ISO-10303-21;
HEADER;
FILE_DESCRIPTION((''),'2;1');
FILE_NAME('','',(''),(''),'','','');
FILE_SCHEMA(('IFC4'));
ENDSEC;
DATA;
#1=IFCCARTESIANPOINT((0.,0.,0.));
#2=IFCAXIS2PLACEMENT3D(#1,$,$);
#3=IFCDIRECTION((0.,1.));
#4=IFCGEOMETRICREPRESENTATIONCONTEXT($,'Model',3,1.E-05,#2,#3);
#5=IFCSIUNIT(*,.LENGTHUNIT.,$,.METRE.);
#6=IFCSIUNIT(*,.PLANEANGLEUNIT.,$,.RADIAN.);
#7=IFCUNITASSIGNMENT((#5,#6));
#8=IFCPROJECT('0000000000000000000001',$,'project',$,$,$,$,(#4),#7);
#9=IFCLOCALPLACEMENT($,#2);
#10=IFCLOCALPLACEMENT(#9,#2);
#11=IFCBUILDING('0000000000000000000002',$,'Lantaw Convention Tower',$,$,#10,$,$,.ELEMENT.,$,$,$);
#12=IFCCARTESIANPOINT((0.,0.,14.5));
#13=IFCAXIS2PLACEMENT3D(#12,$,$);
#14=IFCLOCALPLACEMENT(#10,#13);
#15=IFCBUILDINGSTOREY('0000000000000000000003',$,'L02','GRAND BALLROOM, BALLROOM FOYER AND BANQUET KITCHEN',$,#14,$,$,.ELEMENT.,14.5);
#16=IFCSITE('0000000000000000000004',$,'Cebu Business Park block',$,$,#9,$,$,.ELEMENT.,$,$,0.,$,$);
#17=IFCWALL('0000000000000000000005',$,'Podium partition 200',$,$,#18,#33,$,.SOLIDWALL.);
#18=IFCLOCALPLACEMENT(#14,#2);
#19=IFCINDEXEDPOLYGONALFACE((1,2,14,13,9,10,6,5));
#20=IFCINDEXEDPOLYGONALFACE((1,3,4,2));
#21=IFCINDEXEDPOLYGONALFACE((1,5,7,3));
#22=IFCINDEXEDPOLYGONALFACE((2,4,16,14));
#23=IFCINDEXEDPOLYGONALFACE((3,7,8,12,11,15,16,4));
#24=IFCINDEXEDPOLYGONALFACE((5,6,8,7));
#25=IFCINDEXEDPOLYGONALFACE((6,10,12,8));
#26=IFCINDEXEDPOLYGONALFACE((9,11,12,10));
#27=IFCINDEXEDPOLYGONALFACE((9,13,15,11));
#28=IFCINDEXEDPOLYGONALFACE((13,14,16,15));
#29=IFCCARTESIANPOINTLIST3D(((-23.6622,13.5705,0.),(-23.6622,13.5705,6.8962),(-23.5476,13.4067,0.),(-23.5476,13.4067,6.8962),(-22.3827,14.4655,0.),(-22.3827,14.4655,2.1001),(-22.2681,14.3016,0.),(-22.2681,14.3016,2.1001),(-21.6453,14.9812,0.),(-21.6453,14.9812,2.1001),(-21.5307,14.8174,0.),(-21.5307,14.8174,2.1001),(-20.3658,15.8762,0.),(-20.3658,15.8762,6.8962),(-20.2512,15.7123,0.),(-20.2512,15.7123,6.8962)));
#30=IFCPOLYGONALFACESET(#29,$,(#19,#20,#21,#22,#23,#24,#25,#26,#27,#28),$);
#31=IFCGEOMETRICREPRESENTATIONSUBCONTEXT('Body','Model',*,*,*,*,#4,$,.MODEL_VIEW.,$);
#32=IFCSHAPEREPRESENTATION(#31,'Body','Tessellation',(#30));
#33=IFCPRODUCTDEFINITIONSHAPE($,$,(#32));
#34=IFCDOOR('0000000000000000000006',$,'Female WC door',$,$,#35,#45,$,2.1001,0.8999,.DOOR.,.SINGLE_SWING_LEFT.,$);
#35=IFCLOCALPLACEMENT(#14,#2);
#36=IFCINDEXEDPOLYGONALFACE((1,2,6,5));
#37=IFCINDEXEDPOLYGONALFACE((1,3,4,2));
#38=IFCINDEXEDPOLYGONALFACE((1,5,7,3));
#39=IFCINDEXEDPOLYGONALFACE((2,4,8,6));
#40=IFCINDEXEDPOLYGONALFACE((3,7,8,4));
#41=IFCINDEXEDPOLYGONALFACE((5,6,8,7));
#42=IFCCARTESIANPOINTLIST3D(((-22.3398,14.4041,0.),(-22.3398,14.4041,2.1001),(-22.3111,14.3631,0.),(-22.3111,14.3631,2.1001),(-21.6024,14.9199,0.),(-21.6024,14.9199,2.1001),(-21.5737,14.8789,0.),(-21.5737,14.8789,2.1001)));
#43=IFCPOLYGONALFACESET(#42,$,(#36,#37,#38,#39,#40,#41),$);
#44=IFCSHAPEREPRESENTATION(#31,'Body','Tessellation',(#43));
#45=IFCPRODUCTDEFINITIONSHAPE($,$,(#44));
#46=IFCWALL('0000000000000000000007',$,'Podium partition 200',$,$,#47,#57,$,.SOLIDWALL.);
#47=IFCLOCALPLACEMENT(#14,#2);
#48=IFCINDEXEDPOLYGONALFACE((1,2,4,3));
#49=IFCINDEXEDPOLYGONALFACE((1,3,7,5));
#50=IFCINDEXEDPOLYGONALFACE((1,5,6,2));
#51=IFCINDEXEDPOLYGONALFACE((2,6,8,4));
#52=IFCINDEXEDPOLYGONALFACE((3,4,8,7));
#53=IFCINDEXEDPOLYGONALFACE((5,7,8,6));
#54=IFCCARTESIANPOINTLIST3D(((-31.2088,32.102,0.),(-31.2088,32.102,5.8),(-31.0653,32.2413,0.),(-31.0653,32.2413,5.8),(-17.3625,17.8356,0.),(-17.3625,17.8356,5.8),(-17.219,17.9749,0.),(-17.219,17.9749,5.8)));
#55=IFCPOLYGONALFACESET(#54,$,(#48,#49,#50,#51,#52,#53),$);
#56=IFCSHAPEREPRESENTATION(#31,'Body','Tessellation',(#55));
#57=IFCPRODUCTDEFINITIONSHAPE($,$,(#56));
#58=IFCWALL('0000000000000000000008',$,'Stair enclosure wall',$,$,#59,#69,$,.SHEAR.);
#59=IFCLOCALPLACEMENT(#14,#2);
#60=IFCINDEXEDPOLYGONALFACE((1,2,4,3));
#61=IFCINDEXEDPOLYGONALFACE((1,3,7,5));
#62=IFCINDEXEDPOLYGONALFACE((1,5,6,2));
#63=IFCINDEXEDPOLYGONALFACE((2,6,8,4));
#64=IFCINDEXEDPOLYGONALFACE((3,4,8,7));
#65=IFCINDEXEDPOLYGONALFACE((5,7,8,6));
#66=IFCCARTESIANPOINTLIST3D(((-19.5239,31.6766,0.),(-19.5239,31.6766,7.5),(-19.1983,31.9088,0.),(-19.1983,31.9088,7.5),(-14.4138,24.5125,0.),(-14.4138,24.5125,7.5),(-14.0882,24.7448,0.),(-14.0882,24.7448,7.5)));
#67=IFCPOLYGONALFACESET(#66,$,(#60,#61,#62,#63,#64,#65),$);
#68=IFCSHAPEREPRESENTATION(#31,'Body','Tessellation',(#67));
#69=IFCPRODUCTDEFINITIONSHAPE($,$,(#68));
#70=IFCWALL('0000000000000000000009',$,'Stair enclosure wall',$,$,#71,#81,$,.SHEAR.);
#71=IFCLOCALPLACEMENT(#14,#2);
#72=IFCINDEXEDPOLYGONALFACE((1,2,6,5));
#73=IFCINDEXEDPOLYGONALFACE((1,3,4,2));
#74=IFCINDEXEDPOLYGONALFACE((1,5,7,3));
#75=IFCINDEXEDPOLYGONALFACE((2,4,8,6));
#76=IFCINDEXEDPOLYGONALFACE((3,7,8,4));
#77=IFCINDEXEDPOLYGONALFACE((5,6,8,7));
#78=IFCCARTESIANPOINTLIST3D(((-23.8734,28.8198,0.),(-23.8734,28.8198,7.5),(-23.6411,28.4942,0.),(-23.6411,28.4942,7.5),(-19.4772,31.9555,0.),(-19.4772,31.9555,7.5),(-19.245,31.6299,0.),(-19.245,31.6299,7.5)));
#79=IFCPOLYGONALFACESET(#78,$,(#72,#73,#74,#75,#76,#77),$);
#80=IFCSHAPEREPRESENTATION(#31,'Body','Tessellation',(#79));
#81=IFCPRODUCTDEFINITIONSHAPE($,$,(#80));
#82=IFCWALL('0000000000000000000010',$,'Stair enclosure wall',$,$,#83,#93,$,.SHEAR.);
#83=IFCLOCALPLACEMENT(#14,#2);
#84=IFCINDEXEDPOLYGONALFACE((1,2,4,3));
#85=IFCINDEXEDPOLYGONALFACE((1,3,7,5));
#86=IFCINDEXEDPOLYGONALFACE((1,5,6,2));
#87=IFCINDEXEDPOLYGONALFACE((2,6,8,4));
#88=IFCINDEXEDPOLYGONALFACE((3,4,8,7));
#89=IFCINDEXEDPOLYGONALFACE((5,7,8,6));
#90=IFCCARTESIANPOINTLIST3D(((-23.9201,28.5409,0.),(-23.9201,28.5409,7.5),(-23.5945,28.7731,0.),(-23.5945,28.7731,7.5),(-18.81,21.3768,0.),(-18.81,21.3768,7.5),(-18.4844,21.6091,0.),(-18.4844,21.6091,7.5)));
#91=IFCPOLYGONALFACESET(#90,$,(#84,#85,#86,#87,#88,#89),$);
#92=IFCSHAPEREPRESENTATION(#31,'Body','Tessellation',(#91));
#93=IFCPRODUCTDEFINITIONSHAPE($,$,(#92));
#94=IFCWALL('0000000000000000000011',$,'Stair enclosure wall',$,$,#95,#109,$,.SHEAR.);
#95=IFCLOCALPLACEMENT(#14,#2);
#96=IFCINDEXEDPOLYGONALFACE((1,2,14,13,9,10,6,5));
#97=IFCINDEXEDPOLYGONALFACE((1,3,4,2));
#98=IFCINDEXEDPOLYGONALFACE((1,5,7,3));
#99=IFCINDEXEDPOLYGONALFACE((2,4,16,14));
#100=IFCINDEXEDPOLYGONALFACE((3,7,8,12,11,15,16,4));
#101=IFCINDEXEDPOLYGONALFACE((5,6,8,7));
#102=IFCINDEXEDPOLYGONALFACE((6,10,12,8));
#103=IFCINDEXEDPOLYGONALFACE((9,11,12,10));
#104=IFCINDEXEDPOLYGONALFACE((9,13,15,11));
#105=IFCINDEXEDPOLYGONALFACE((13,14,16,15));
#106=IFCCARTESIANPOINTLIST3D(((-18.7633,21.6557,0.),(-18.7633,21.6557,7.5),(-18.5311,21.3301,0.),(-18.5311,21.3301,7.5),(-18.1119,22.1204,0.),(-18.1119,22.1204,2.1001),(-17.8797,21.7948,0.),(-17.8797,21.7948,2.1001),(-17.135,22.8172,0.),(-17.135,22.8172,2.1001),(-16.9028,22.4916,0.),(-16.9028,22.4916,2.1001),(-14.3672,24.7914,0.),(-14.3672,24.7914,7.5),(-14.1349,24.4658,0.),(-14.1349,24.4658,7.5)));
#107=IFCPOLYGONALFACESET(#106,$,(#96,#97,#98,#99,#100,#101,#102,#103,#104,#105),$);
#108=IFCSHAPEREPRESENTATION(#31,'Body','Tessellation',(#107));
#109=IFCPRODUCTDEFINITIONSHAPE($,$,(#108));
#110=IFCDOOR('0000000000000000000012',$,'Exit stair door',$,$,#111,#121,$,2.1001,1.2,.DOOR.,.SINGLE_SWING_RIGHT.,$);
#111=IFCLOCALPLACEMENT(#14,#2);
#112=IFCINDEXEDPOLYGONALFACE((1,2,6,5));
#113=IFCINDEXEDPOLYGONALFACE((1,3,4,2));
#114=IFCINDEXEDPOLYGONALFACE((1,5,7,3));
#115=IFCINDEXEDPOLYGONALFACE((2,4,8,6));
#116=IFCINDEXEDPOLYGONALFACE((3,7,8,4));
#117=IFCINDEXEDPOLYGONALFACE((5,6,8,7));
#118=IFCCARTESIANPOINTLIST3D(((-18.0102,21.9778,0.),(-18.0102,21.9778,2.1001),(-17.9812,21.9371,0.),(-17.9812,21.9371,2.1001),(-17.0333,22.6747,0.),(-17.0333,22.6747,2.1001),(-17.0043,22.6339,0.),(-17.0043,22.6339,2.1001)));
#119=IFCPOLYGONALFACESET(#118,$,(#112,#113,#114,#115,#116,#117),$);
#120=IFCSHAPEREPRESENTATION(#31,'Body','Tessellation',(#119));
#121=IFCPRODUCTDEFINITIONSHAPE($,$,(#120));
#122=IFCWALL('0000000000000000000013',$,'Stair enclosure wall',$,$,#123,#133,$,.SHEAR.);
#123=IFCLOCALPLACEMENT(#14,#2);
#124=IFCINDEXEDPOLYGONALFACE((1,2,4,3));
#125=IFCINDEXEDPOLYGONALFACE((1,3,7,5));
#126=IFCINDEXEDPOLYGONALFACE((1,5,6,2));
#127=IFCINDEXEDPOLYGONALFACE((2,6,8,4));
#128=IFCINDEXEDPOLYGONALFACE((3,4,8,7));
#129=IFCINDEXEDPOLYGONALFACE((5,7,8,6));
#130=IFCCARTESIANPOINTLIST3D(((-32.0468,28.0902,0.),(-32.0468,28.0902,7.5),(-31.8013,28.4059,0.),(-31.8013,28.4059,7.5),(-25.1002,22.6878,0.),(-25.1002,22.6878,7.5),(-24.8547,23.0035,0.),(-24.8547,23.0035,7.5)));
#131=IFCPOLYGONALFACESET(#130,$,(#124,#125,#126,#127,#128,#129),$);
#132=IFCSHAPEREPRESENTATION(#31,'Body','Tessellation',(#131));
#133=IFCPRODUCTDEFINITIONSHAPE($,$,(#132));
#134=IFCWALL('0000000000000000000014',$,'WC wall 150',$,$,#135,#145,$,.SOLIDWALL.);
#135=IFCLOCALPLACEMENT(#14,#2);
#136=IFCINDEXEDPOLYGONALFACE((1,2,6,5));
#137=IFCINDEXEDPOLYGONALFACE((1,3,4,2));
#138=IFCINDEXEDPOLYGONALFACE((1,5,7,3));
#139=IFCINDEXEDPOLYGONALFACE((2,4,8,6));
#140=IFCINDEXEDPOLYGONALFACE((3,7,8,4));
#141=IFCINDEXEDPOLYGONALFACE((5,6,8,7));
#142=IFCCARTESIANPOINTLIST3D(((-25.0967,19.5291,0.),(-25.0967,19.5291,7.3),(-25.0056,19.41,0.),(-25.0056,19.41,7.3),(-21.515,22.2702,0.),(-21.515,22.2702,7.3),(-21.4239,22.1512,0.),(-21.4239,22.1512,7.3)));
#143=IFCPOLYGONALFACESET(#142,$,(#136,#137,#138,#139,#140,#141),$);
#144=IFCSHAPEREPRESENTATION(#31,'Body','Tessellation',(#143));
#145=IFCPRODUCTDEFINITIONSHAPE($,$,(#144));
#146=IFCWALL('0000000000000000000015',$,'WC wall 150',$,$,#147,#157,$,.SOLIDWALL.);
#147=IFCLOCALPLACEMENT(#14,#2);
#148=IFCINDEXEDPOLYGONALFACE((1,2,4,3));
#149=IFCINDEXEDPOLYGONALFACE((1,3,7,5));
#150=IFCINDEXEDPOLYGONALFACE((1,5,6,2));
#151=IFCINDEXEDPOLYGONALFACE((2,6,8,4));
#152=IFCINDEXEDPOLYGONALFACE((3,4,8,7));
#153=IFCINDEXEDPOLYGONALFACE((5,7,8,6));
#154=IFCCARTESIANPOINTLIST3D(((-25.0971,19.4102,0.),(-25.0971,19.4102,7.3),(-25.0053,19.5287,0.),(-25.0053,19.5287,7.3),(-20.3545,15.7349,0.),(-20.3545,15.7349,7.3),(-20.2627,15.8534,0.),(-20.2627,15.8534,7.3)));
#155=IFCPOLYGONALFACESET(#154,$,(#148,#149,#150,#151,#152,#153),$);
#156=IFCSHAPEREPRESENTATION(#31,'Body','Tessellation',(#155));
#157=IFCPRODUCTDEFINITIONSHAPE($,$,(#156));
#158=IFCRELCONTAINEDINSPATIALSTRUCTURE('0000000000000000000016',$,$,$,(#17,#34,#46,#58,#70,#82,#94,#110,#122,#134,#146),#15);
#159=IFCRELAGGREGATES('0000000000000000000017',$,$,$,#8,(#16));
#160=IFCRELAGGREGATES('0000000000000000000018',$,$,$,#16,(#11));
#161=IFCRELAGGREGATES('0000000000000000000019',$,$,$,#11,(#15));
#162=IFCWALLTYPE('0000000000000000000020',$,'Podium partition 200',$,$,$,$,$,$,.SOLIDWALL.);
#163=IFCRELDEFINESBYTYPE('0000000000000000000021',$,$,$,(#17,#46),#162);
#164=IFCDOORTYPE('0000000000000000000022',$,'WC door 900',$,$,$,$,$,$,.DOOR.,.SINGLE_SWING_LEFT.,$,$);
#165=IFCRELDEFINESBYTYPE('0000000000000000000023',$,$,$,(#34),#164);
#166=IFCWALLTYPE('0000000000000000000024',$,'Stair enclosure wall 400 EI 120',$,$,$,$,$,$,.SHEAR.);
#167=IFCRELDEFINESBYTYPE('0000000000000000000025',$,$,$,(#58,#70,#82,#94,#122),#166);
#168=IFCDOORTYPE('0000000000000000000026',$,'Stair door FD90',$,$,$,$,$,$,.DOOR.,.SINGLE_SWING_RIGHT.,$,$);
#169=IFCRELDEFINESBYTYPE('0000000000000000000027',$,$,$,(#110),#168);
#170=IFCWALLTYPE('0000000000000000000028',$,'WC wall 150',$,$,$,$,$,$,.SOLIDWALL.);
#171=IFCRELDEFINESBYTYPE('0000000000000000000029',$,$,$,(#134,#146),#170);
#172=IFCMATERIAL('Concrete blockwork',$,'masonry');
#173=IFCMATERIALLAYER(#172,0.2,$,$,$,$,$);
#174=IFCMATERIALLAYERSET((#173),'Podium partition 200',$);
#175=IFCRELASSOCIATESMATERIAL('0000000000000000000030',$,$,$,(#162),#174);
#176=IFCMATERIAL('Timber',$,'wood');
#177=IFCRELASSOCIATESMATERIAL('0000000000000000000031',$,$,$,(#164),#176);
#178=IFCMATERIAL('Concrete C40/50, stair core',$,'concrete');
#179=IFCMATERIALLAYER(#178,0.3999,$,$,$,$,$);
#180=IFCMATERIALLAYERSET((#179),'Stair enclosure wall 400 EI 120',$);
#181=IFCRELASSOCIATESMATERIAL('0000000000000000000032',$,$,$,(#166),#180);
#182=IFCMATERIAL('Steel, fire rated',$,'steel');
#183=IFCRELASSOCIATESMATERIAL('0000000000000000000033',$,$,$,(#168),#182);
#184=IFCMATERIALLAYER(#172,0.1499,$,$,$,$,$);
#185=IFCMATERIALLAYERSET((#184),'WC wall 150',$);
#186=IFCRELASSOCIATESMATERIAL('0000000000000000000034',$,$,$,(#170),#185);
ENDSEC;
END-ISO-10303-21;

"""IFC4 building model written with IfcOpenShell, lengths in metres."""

from ifc_helpers import new_model, si_unit, direction, frame, frame_2d, origin, place, context, subcontext, project, spatial, rectangle, extrude, material, layer, layer_set, type_object, element, fill, save


model = new_model("IFC4")

# Units and contexts
model_context = context("Model", 3, precision=1e-05, world=origin(), true_north=direction((0.0, 1.0)))
body_context = subcontext(model_context, "Body", "Model", "MODEL_VIEW")
ifc_project = project(units=[si_unit("LENGTHUNIT", "METRE"), si_unit("PLANEANGLEUNIT", "RADIAN")], contexts=[model_context])

# Site, building, storey
site_placement = place(None, origin())
site = spatial("IfcSite", under=ifc_project, at=site_placement, Name="Cebu Business Park block", CompositionType="ELEMENT", RefElevation=0.0)
building_placement = place(site_placement, origin())
building = spatial("IfcBuilding", under=site, at=building_placement, Name="Lantaw Convention Tower", CompositionType="ELEMENT")
storey_placement = place(building_placement, frame((0.0, 0.0, 14.5)))
storey = spatial("IfcBuildingStorey", under=building, at=storey_placement, Name="L02", Description="GRAND BALLROOM, BALLROOM FOYER AND BANQUET KITCHEN", CompositionType="ELEMENT", Elevation=14.5)

# Wall, opening, door
ifc_material_1 = material(Name="Concrete blockwork", Category="masonry")
ifc_layer_1 = layer(ifc_material_1, 0.2)
ifc_layer_set_1 = layer_set([ifc_layer_1], Name="Podium partition 200")
wall_type_1 = type_object("IfcWallType", Name="Podium partition 200", PredefinedType="SOLIDWALL", material=ifc_layer_set_1)
ifc_material_2 = material(Name="Timber", Category="wood")
door_type_1 = type_object("IfcDoorType", Name="WC door 900", OperationType="SINGLE_SWING_LEFT", PredefinedType="DOOR", material=ifc_material_2)
wall_1_placement = place(storey_placement, frame((-20.3086, 15.7942, 0.0), z_axis=(0.0, 0.0, 1.0), x_axis=(-0.819443, -0.573161, 0.0)))
wall_1 = element("IfcWall", 1, at=wall_1_placement, inside=storey, type_object=wall_type_1, Name="Podium partition 200", PredefinedType="SOLIDWALL", context=body_context, shape_type="SweptSolid", body=[
    extrude(rectangle(XDim=4.0227, YDim=0.2, at=frame_2d((2.0112, 0.0))), origin(), (0.0, 0.0, 1.0), 6.8962),
])
opening_1_placement = place(wall_1_placement, frame((1.5613, 0.0, 0.0)))
opening_1 = element("IfcOpeningElement", 2, at=opening_1_placement, cuts=wall_1, PredefinedType="OPENING", context=body_context, shape_type="SweptSolid", body=[
    extrude(rectangle(XDim=0.8999, YDim=2.1001, at=frame_2d((0.45, 1.05))), frame((0.0, 0.1099, 0.0), z_axis=(0.0, -1.0, 0.0), x_axis=(1.0, 0.0, 0.0)), (0.0, 0.0, 1.0), 0.22),
])
door_1_placement = place(opening_1_placement, origin())
door_1 = element("IfcDoor", 3, at=door_1_placement, inside=storey, type_object=door_type_1, Name="Female WC door", OperationType="SINGLE_SWING_LEFT", OverallHeight=2.1001, OverallWidth=0.8999, PredefinedType="DOOR", context=body_context, shape_type="SweptSolid", body=[
    extrude(rectangle(XDim=0.8999, YDim=2.1001, at=frame_2d((0.45, 1.05))), frame((0.0, 0.0249, 0.0), z_axis=(0.0, -1.0, 0.0), x_axis=(1.0, 0.0, 0.0)), (0.0, 0.0, 1.0), 0.05),
])
fill(opening_1, door_1)

# Walls
wall_2_placement = place(storey_placement, frame((-17.2908, 17.9053, 0.0), z_axis=(0.0, 0.0, 1.0), x_axis=(-0.696461, 0.717595, 0.0)))
element("IfcWall", 4, at=wall_2_placement, inside=storey, type_object=wall_type_1, Name="Podium partition 200", PredefinedType="SOLIDWALL", context=body_context, shape_type="SweptSolid", body=[
    extrude(rectangle(XDim=19.8809, YDim=0.2, at=frame_2d((9.9404, 0.0))), origin(), (0.0, 0.0, 1.0), 5.8),
])
ifc_material_3 = material(Name="Concrete C40/50, stair core", Category="concrete")
ifc_layer_2 = layer(ifc_material_3, 0.3999)
ifc_layer_set_2 = layer_set([ifc_layer_2], Name="Stair enclosure wall 400 EI 120")
wall_type_2 = type_object("IfcWallType", Name="Stair enclosure wall 400 EI 120", PredefinedType="SHEAR", material=ifc_layer_set_2)
wall_3_placement = place(storey_placement, frame((-14.251, 24.6287, 0.0), z_axis=(0.0, 0.0, 1.0), x_axis=(-0.580705, 0.814114, 0.0)))
element("IfcWall", 5, at=wall_3_placement, inside=storey, type_object=wall_type_2, Name="Stair enclosure wall", PredefinedType="SHEAR", context=body_context, shape_type="SweptSolid", body=[
    extrude(rectangle(XDim=8.7998, YDim=0.3999, at=frame_2d((4.3999, 0.0))), origin(), (0.0, 0.0, 1.0), 7.5),
])
wall_4_placement = place(storey_placement, frame((-19.3611, 31.7927, 0.0), z_axis=(0.0, 0.0, 1.0), x_axis=(-0.814121, -0.580695, 0.0)))
element("IfcWall", 6, at=wall_4_placement, inside=storey, type_object=wall_type_2, Name="Stair enclosure wall", PredefinedType="SHEAR", context=body_context, shape_type="SweptSolid", body=[
    extrude(rectangle(XDim=5.3999, YDim=0.3999, at=frame_2d((2.7, 0.0))), origin(), (0.0, 0.0, 1.0), 7.5),
])
wall_5_placement = place(storey_placement, frame((-23.7573, 28.657, 0.0), z_axis=(0.0, 0.0, 1.0), x_axis=(0.580705, -0.814114, 0.0)))
element("IfcWall", 7, at=wall_5_placement, inside=storey, type_object=wall_type_2, Name="Stair enclosure wall", PredefinedType="SHEAR", context=body_context, shape_type="SweptSolid", body=[
    extrude(rectangle(XDim=8.7998, YDim=0.3999, at=frame_2d((4.3999, 0.0))), origin(), (0.0, 0.0, 1.0), 7.5),
])

# Wall, opening, door
wall_6_placement = place(storey_placement, frame((-18.6472, 21.4929, 0.0), z_axis=(0.0, 0.0, 1.0), x_axis=(0.814121, 0.580695, 0.0)))
wall_6 = element("IfcWall", 8, at=wall_6_placement, inside=storey, type_object=wall_type_2, Name="Stair enclosure wall", PredefinedType="SHEAR", context=body_context, shape_type="SweptSolid", body=[
    extrude(rectangle(XDim=5.3999, YDim=0.3999, at=frame_2d((2.7, 0.0))), origin(), (0.0, 0.0, 1.0), 7.5),
])
opening_2_placement = place(wall_6_placement, frame((0.8, 0.0, 0.0)))
opening_2 = element("IfcOpeningElement", 9, at=opening_2_placement, cuts=wall_6, PredefinedType="OPENING", context=body_context, shape_type="SweptSolid", body=[
    extrude(rectangle(XDim=1.2, YDim=2.1001, at=frame_2d((0.6001, 1.05))), frame((0.0, 0.21, 0.0), z_axis=(0.0, -1.0, 0.0), x_axis=(1.0, 0.0, 0.0)), (0.0, 0.0, 1.0), 0.4199),
])
ifc_material_4 = material(Name="Steel, fire rated", Category="steel")
door_type_2 = type_object("IfcDoorType", Name="Stair door FD90", OperationType="SINGLE_SWING_RIGHT", PredefinedType="DOOR", material=ifc_material_4)
door_2_placement = place(opening_2_placement, origin())
door_2 = element("IfcDoor", 10, at=door_2_placement, inside=storey, type_object=door_type_2, Name="Exit stair door", OperationType="SINGLE_SWING_RIGHT", OverallHeight=2.1001, OverallWidth=1.2, PredefinedType="DOOR", context=body_context, shape_type="SweptSolid", body=[
    extrude(rectangle(XDim=1.2, YDim=2.1001, at=frame_2d((0.6001, 1.05))), frame((0.0, 0.0249, 0.0), z_axis=(0.0, -1.0, 0.0), x_axis=(1.0, 0.0, 0.0)), (0.0, 0.0, 1.0), 0.05),
])
fill(opening_2, door_2)

# Walls
wall_7_placement = place(storey_placement, frame((-24.9775, 22.8457, 0.0), z_axis=(0.0, 0.0, 1.0), x_axis=(-0.789381, 0.613904, 0.0)))
element("IfcWall", 11, at=wall_7_placement, inside=storey, type_object=wall_type_2, Name="Stair enclosure wall", PredefinedType="SHEAR", context=body_context, shape_type="SweptSolid", body=[
    extrude(rectangle(XDim=8.8, YDim=0.3999, at=frame_2d((4.3999, 0.0))), origin(), (0.0, 0.0, 1.0), 7.5),
])
ifc_layer_3 = layer(ifc_material_1, 0.1499)
ifc_layer_set_3 = layer_set([ifc_layer_3], Name="WC wall 150")
wall_type_3 = type_object("IfcWallType", Name="WC wall 150", PredefinedType="SOLIDWALL", material=ifc_layer_set_3)
wall_8_placement = place(storey_placement, frame((-21.4695, 22.2107, 0.0), z_axis=(0.0, 0.0, 1.0), x_axis=(-0.794123, -0.607757, 0.0)))
element("IfcWall", 12, at=wall_8_placement, inside=storey, type_object=wall_type_3, Name="WC wall 150", PredefinedType="SOLIDWALL", context=body_context, shape_type="SweptSolid", body=[
    extrude(rectangle(XDim=4.5103, YDim=0.1499, at=frame_2d((2.2551, 0.0))), origin(), (0.0, 0.0, 1.0), 7.3),
])
wall_9_placement = place(storey_placement, frame((-20.3086, 15.7942, 0.0), z_axis=(0.0, 0.0, 1.0), x_axis=(-0.790438, 0.612542, 0.0)))
element("IfcWall", 13, at=wall_9_placement, inside=storey, type_object=wall_type_3, Name="WC wall 150", PredefinedType="SOLIDWALL", context=body_context, shape_type="SweptSolid", body=[
    extrude(rectangle(XDim=6.0, YDim=0.1499, at=frame_2d((3.0, 0.0))), origin(), (0.0, 0.0, 1.0), 7.3),
])

save(model, "model.ifc")
